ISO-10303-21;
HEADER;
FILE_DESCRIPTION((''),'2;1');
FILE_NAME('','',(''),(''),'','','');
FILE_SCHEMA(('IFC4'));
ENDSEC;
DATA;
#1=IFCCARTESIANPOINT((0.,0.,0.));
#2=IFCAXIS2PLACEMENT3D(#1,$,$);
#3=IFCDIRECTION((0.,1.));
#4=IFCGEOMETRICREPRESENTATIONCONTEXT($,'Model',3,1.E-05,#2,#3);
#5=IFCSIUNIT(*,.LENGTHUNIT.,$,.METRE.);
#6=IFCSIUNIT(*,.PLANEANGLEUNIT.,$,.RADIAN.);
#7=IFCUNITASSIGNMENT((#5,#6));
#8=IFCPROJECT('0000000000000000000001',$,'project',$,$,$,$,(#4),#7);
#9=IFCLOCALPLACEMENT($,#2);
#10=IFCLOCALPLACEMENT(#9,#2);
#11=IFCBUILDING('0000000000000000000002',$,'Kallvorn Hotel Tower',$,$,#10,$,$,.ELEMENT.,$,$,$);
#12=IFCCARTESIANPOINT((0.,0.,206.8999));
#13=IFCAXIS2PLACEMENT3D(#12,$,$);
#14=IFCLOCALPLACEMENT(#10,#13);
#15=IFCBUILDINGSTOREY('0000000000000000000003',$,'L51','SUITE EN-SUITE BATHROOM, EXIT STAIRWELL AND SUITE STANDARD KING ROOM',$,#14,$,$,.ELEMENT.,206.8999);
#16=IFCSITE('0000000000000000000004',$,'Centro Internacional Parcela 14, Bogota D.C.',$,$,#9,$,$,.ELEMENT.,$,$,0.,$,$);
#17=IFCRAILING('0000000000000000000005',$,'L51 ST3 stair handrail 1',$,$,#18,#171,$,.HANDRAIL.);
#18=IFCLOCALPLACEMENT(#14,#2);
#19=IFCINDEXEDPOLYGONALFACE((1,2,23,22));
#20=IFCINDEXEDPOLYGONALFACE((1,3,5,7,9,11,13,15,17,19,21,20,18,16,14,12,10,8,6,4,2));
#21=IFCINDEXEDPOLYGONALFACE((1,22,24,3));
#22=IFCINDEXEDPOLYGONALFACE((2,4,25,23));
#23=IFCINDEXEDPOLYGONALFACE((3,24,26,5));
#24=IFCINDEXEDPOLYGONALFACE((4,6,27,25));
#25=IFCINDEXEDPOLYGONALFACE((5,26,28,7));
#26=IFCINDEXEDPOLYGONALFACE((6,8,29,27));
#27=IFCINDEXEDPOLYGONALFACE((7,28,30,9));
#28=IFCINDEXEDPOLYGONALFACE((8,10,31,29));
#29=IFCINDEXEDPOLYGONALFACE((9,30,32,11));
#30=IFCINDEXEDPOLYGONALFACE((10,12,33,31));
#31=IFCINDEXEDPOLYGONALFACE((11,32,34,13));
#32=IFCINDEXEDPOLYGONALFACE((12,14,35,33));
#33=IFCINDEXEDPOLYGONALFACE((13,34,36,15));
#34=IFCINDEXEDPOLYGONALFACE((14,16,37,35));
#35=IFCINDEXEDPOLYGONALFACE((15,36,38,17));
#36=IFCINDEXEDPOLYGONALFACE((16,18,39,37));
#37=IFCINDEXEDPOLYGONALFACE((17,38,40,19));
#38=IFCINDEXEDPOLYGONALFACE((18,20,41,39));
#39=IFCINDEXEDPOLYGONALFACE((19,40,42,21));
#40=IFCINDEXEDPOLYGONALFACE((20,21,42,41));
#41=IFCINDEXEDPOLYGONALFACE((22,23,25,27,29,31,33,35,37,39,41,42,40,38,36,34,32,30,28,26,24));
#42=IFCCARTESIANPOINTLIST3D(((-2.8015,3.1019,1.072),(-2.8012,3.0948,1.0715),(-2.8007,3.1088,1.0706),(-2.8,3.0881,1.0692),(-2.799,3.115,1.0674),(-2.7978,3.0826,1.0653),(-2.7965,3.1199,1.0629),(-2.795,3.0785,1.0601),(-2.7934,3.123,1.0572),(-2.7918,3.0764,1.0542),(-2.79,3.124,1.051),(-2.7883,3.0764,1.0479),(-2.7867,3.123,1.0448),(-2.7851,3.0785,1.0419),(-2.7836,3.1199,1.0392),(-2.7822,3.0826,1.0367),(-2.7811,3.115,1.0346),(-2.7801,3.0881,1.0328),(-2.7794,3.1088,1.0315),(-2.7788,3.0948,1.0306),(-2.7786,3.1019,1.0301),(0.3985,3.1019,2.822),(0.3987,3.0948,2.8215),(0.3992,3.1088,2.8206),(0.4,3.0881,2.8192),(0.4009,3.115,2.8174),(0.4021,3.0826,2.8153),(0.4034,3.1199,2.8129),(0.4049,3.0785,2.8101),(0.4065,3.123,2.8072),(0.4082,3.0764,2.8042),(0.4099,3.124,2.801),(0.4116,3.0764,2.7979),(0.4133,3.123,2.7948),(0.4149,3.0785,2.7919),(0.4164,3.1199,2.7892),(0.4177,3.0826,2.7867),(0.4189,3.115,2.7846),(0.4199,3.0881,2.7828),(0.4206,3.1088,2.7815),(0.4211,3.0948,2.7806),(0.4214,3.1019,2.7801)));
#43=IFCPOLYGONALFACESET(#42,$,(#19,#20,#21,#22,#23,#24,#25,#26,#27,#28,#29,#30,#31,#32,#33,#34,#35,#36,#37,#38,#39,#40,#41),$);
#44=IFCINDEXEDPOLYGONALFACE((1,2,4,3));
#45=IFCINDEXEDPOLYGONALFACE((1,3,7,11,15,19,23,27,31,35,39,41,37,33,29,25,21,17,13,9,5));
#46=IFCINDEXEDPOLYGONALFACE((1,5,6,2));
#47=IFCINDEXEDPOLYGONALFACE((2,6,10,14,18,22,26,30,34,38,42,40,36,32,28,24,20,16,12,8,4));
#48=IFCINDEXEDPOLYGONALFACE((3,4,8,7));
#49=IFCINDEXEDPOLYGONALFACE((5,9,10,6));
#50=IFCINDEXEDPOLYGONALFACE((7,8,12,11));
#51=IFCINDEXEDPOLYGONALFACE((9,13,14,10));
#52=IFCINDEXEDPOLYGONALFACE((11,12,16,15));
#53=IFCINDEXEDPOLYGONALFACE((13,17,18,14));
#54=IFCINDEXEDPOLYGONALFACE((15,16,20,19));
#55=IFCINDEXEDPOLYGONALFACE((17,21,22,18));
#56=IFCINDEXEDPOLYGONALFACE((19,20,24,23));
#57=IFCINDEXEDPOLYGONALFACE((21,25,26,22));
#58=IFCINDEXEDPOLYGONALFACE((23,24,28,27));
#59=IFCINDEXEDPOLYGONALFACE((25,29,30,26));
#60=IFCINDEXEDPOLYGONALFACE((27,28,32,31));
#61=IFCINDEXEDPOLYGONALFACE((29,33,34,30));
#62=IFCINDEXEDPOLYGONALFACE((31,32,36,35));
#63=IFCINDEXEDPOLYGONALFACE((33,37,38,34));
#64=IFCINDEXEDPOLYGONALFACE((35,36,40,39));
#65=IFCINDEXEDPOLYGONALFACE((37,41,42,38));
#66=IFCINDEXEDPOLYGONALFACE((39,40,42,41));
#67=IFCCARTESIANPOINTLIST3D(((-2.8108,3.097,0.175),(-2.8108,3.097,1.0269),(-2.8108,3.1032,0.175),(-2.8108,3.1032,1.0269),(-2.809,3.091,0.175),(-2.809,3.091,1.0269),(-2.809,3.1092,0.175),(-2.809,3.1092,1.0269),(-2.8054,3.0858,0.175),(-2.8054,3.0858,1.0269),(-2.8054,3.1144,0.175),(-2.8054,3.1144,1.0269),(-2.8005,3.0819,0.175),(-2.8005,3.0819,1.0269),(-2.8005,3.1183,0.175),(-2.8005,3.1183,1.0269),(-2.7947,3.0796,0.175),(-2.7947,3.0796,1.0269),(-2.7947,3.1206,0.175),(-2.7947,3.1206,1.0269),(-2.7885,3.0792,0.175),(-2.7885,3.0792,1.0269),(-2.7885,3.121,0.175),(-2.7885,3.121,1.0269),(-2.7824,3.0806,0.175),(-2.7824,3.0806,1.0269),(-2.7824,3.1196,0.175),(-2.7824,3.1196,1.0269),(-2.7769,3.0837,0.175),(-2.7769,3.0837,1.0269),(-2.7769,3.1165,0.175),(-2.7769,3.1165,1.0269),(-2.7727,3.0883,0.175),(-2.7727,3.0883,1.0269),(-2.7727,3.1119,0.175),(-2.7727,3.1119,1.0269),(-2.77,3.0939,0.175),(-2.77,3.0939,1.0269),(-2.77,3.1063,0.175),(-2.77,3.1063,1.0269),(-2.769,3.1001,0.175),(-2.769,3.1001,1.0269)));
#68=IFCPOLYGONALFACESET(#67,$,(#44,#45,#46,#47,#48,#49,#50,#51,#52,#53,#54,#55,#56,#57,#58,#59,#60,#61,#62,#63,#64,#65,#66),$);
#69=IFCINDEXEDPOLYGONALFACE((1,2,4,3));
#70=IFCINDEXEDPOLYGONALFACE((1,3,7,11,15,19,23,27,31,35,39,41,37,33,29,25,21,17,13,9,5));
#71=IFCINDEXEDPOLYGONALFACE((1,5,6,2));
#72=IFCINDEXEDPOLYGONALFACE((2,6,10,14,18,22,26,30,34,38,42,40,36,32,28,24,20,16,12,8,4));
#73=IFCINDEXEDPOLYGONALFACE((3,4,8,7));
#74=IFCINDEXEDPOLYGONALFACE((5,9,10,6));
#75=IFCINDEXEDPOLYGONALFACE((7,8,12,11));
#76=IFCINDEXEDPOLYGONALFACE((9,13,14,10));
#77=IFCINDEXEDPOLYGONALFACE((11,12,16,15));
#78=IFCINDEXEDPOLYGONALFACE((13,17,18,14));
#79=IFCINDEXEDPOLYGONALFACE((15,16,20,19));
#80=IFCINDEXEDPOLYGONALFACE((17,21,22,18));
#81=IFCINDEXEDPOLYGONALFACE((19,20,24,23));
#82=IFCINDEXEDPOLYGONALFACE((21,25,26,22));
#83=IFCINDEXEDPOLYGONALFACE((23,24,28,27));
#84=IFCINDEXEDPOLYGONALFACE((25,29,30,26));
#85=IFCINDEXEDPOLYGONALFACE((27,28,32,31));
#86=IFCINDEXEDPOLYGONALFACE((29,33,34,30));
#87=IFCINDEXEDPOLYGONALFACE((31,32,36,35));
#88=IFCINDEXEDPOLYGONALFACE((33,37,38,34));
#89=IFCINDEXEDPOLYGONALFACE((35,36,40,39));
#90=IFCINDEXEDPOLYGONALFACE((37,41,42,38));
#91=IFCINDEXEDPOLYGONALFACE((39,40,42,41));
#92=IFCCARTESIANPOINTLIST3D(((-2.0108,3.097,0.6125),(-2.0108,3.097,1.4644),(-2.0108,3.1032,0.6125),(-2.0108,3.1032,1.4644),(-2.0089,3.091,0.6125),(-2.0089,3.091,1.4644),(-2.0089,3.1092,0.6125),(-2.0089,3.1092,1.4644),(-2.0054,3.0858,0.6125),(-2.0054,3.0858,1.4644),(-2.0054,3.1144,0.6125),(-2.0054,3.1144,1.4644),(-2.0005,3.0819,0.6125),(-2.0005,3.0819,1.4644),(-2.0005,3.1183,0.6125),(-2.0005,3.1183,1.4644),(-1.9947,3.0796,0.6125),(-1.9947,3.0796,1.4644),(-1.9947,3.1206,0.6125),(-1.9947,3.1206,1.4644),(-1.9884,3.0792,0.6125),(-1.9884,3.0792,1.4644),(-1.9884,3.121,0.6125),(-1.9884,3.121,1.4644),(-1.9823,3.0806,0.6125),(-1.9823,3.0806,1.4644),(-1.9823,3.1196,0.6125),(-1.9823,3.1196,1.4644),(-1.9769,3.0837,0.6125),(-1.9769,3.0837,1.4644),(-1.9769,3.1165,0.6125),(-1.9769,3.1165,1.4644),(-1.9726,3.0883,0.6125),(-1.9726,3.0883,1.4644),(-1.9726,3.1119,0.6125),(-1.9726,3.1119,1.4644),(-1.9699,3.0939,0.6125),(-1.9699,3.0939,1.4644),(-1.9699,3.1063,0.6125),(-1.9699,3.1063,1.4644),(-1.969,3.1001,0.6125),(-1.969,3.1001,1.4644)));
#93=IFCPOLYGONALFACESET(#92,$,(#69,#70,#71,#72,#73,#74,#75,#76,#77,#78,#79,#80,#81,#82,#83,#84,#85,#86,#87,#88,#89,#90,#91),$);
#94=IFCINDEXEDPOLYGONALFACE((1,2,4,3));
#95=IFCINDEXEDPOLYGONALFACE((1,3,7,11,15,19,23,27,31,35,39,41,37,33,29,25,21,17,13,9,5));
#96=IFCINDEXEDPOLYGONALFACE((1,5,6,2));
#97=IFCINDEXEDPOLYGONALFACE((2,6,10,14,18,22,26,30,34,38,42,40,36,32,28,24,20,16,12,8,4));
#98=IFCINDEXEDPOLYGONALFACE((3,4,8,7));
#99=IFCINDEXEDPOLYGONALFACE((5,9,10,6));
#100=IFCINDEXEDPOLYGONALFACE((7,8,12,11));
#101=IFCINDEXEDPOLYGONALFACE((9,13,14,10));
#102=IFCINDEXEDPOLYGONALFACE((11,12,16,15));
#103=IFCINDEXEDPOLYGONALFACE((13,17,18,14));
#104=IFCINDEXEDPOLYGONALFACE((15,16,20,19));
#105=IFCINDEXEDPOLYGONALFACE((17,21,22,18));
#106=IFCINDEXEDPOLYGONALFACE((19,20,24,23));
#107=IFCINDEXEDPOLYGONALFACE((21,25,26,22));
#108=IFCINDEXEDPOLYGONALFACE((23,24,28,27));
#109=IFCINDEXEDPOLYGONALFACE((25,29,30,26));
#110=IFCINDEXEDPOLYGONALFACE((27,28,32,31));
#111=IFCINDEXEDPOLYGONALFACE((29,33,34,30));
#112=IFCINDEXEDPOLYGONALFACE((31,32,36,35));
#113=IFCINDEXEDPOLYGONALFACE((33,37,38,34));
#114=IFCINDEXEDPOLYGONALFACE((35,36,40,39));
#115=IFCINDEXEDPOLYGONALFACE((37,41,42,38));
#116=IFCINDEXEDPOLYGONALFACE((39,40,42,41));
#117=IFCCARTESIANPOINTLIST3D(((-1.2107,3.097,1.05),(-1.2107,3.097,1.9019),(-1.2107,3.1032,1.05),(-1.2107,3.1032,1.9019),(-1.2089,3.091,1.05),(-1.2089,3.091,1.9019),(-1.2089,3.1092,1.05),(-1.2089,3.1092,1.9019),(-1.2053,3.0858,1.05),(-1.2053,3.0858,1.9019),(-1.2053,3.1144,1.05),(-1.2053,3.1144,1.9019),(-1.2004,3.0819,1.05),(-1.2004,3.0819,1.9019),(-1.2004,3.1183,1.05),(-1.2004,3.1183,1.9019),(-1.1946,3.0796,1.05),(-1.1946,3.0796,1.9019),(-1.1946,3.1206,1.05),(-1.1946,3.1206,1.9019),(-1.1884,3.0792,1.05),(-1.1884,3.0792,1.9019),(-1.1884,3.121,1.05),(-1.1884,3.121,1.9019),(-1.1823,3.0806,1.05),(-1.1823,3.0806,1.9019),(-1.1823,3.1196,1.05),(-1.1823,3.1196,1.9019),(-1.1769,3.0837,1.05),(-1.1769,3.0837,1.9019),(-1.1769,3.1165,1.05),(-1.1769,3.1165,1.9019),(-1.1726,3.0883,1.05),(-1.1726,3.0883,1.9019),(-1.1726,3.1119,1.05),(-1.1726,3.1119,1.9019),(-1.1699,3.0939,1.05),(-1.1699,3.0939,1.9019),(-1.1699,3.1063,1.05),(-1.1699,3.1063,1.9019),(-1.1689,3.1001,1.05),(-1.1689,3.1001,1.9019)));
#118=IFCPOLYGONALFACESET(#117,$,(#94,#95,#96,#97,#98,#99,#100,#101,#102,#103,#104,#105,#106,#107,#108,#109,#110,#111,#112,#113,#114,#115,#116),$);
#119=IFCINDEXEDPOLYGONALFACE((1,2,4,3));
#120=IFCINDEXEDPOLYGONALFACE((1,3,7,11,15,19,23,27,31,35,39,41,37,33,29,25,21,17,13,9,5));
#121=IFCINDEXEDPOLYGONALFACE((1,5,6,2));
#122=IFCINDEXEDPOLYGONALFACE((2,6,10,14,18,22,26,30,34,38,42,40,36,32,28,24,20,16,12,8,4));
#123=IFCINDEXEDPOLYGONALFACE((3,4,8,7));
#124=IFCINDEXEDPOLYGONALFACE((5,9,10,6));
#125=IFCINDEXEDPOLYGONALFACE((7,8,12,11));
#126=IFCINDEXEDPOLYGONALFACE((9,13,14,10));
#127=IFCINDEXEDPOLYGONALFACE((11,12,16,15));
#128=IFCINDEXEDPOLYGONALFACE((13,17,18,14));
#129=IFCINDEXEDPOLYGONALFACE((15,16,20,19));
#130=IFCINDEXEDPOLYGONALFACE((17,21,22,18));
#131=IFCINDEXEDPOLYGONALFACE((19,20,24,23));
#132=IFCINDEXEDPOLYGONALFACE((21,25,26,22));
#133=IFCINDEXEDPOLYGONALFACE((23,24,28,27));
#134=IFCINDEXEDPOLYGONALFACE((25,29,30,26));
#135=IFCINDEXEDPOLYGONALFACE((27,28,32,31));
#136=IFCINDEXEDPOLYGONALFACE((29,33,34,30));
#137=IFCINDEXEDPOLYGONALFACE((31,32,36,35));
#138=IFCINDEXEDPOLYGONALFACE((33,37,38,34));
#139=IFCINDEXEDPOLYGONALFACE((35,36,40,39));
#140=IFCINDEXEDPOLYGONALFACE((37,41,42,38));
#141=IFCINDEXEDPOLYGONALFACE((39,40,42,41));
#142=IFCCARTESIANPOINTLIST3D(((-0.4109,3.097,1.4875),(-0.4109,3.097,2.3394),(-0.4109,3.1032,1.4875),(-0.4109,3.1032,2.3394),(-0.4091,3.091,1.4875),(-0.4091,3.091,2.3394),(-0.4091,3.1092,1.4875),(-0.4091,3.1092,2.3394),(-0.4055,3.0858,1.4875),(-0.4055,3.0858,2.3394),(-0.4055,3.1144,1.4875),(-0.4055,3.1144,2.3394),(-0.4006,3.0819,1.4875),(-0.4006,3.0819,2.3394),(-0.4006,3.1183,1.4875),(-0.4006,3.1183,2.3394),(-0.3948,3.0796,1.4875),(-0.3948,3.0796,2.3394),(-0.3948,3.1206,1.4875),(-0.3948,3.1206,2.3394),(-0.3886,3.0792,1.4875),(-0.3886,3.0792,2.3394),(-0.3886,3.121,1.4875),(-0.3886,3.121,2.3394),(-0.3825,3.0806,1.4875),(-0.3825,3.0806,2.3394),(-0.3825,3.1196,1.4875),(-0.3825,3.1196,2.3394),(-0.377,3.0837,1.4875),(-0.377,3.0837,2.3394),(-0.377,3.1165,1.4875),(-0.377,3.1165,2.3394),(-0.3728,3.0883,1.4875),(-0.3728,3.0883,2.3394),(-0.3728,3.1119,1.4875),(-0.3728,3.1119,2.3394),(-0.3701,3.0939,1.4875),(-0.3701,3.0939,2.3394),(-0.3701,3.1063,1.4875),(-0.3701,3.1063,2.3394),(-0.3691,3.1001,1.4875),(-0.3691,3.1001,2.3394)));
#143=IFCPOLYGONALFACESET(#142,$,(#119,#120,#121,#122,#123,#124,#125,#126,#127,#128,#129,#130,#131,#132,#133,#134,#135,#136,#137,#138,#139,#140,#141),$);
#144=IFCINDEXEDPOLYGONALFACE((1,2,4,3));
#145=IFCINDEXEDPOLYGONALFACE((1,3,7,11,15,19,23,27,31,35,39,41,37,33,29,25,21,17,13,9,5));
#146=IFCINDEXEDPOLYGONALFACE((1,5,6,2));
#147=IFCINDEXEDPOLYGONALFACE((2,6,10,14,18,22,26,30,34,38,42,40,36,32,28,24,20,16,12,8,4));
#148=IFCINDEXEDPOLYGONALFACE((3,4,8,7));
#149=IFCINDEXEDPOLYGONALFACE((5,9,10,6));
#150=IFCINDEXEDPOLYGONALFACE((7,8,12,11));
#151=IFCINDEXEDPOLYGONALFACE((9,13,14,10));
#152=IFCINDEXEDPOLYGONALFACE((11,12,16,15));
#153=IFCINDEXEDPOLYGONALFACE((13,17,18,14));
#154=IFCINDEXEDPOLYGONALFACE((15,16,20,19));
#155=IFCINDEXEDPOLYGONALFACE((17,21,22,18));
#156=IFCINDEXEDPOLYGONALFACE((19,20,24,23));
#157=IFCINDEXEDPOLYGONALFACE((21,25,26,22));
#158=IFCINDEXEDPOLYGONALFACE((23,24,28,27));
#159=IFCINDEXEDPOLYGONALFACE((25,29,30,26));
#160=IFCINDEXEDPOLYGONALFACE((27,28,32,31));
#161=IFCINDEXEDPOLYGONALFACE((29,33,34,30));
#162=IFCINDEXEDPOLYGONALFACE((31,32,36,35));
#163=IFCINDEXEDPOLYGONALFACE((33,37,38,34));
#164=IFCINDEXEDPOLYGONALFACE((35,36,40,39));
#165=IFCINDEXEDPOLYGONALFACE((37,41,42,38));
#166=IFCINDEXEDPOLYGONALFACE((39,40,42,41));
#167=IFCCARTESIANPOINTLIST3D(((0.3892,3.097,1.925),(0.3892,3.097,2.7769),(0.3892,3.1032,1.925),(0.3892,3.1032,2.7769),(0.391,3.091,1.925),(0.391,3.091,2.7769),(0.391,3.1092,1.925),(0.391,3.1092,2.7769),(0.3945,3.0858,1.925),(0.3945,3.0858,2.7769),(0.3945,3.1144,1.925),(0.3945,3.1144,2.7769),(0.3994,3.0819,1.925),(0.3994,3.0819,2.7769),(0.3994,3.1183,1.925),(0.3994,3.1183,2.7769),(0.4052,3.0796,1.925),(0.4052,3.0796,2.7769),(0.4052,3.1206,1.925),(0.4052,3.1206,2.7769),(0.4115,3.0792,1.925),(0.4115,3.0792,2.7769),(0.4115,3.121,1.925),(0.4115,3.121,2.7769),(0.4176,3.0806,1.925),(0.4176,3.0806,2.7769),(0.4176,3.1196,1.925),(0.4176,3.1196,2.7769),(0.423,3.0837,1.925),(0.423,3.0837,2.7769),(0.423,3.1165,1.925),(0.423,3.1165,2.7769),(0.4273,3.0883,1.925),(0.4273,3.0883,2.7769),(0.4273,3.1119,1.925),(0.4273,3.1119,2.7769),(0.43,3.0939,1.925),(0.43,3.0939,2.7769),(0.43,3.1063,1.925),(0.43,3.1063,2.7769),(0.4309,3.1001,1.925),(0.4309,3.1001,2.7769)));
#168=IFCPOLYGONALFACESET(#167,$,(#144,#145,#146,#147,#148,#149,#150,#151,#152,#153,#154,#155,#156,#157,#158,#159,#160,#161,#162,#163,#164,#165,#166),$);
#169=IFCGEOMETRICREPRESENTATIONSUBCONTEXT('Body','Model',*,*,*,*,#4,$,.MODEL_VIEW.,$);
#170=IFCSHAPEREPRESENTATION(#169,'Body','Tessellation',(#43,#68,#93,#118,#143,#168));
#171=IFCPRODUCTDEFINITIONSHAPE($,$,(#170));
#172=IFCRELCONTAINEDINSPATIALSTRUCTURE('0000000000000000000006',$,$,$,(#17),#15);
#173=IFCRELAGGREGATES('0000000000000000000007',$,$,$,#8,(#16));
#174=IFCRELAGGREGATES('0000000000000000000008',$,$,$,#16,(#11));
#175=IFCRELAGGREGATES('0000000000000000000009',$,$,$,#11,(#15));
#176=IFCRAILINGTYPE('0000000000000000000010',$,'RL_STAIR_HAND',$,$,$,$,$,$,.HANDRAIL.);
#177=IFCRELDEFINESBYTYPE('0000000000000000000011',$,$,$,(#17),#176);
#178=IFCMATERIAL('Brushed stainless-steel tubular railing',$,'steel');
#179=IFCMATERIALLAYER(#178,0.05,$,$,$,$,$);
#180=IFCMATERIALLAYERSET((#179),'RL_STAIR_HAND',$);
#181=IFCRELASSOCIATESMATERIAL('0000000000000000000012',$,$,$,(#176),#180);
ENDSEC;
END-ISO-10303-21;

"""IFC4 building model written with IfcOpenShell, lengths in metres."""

from ifc_helpers import new_model, si_unit, direction, frame, origin, origin_2d, place, context, subcontext, project, spatial, circle, extrude, material, layer, layer_set, type_object, element, save


model = new_model("IFC4")

# Units and contexts
model_context = context("Model", 3, precision=1e-05, world=origin(), true_north=direction((0.0, 1.0)))
body_context = subcontext(model_context, "Body", "Model", "MODEL_VIEW")
ifc_project = project(units=[si_unit("LENGTHUNIT", "METRE"), si_unit("PLANEANGLEUNIT", "RADIAN")], contexts=[model_context])

# Site, building, storey
site_placement = place(None, origin())
site = spatial("IfcSite", under=ifc_project, at=site_placement, Name="Centro Internacional Parcela 14, Bogota D.C.", CompositionType="ELEMENT", RefElevation=0.0)
building_placement = place(site_placement, origin())
building = spatial("IfcBuilding", under=site, at=building_placement, Name="Kallvorn Hotel Tower", CompositionType="ELEMENT")
storey_placement = place(building_placement, frame((0.0, 0.0, 206.8999)))
storey = spatial("IfcBuildingStorey", under=building, at=storey_placement, Name="L51", Description="SUITE EN-SUITE BATHROOM, EXIT STAIRWELL AND SUITE STANDARD KING ROOM", CompositionType="ELEMENT", Elevation=206.8999)

# Railing
ifc_material_1 = material(Name="Brushed stainless-steel tubular railing", Category="steel")
ifc_layer_1 = layer(ifc_material_1, 0.05)
ifc_layer_set_1 = layer_set([ifc_layer_1], Name="RL_STAIR_HAND")
railing_type_1 = type_object("IfcRailingType", Name="RL_STAIR_HAND", PredefinedType="HANDRAIL", material=ifc_layer_set_1)
railing_1_placement = place(storey_placement, frame((-2.79, 3.1001, 0.175)))
element("IfcRailing", 1, at=railing_1_placement, inside=storey, type_object=railing_type_1, Name="L51 ST3 stair handrail 1", PredefinedType="HANDRAIL", context=body_context, shape_type="SweptSolid", body=[
    extrude(circle(Radius=0.0239, at=origin_2d()), frame((0.0, 0.0, 0.876), z_axis=(0.877368, 0.0, 0.479818), x_axis=(0.0, 1.0, 0.0)), (0.0, 0.0, 1.0), 3.6472),
    extrude(circle(Radius=0.021, at=origin_2d()), origin(), (0.0, 0.0, 1.0), 0.8518),
    extrude(circle(Radius=0.021, at=origin_2d()), frame((0.8, 0.0, 0.4375)), (0.0, 0.0, 1.0), 0.8518),
    extrude(circle(Radius=0.021, at=origin_2d()), frame((1.6001, 0.0, 0.875)), (0.0, 0.0, 1.0), 0.8518),
    extrude(circle(Radius=0.021, at=origin_2d()), frame((2.3999, 0.0, 1.3125)), (0.0, 0.0, 1.0), 0.8518),
    extrude(circle(Radius=0.021, at=origin_2d()), frame((3.2, 0.0, 1.75)), (0.0, 0.0, 1.0), 0.8518),
])

save(model, "model.ifc")
